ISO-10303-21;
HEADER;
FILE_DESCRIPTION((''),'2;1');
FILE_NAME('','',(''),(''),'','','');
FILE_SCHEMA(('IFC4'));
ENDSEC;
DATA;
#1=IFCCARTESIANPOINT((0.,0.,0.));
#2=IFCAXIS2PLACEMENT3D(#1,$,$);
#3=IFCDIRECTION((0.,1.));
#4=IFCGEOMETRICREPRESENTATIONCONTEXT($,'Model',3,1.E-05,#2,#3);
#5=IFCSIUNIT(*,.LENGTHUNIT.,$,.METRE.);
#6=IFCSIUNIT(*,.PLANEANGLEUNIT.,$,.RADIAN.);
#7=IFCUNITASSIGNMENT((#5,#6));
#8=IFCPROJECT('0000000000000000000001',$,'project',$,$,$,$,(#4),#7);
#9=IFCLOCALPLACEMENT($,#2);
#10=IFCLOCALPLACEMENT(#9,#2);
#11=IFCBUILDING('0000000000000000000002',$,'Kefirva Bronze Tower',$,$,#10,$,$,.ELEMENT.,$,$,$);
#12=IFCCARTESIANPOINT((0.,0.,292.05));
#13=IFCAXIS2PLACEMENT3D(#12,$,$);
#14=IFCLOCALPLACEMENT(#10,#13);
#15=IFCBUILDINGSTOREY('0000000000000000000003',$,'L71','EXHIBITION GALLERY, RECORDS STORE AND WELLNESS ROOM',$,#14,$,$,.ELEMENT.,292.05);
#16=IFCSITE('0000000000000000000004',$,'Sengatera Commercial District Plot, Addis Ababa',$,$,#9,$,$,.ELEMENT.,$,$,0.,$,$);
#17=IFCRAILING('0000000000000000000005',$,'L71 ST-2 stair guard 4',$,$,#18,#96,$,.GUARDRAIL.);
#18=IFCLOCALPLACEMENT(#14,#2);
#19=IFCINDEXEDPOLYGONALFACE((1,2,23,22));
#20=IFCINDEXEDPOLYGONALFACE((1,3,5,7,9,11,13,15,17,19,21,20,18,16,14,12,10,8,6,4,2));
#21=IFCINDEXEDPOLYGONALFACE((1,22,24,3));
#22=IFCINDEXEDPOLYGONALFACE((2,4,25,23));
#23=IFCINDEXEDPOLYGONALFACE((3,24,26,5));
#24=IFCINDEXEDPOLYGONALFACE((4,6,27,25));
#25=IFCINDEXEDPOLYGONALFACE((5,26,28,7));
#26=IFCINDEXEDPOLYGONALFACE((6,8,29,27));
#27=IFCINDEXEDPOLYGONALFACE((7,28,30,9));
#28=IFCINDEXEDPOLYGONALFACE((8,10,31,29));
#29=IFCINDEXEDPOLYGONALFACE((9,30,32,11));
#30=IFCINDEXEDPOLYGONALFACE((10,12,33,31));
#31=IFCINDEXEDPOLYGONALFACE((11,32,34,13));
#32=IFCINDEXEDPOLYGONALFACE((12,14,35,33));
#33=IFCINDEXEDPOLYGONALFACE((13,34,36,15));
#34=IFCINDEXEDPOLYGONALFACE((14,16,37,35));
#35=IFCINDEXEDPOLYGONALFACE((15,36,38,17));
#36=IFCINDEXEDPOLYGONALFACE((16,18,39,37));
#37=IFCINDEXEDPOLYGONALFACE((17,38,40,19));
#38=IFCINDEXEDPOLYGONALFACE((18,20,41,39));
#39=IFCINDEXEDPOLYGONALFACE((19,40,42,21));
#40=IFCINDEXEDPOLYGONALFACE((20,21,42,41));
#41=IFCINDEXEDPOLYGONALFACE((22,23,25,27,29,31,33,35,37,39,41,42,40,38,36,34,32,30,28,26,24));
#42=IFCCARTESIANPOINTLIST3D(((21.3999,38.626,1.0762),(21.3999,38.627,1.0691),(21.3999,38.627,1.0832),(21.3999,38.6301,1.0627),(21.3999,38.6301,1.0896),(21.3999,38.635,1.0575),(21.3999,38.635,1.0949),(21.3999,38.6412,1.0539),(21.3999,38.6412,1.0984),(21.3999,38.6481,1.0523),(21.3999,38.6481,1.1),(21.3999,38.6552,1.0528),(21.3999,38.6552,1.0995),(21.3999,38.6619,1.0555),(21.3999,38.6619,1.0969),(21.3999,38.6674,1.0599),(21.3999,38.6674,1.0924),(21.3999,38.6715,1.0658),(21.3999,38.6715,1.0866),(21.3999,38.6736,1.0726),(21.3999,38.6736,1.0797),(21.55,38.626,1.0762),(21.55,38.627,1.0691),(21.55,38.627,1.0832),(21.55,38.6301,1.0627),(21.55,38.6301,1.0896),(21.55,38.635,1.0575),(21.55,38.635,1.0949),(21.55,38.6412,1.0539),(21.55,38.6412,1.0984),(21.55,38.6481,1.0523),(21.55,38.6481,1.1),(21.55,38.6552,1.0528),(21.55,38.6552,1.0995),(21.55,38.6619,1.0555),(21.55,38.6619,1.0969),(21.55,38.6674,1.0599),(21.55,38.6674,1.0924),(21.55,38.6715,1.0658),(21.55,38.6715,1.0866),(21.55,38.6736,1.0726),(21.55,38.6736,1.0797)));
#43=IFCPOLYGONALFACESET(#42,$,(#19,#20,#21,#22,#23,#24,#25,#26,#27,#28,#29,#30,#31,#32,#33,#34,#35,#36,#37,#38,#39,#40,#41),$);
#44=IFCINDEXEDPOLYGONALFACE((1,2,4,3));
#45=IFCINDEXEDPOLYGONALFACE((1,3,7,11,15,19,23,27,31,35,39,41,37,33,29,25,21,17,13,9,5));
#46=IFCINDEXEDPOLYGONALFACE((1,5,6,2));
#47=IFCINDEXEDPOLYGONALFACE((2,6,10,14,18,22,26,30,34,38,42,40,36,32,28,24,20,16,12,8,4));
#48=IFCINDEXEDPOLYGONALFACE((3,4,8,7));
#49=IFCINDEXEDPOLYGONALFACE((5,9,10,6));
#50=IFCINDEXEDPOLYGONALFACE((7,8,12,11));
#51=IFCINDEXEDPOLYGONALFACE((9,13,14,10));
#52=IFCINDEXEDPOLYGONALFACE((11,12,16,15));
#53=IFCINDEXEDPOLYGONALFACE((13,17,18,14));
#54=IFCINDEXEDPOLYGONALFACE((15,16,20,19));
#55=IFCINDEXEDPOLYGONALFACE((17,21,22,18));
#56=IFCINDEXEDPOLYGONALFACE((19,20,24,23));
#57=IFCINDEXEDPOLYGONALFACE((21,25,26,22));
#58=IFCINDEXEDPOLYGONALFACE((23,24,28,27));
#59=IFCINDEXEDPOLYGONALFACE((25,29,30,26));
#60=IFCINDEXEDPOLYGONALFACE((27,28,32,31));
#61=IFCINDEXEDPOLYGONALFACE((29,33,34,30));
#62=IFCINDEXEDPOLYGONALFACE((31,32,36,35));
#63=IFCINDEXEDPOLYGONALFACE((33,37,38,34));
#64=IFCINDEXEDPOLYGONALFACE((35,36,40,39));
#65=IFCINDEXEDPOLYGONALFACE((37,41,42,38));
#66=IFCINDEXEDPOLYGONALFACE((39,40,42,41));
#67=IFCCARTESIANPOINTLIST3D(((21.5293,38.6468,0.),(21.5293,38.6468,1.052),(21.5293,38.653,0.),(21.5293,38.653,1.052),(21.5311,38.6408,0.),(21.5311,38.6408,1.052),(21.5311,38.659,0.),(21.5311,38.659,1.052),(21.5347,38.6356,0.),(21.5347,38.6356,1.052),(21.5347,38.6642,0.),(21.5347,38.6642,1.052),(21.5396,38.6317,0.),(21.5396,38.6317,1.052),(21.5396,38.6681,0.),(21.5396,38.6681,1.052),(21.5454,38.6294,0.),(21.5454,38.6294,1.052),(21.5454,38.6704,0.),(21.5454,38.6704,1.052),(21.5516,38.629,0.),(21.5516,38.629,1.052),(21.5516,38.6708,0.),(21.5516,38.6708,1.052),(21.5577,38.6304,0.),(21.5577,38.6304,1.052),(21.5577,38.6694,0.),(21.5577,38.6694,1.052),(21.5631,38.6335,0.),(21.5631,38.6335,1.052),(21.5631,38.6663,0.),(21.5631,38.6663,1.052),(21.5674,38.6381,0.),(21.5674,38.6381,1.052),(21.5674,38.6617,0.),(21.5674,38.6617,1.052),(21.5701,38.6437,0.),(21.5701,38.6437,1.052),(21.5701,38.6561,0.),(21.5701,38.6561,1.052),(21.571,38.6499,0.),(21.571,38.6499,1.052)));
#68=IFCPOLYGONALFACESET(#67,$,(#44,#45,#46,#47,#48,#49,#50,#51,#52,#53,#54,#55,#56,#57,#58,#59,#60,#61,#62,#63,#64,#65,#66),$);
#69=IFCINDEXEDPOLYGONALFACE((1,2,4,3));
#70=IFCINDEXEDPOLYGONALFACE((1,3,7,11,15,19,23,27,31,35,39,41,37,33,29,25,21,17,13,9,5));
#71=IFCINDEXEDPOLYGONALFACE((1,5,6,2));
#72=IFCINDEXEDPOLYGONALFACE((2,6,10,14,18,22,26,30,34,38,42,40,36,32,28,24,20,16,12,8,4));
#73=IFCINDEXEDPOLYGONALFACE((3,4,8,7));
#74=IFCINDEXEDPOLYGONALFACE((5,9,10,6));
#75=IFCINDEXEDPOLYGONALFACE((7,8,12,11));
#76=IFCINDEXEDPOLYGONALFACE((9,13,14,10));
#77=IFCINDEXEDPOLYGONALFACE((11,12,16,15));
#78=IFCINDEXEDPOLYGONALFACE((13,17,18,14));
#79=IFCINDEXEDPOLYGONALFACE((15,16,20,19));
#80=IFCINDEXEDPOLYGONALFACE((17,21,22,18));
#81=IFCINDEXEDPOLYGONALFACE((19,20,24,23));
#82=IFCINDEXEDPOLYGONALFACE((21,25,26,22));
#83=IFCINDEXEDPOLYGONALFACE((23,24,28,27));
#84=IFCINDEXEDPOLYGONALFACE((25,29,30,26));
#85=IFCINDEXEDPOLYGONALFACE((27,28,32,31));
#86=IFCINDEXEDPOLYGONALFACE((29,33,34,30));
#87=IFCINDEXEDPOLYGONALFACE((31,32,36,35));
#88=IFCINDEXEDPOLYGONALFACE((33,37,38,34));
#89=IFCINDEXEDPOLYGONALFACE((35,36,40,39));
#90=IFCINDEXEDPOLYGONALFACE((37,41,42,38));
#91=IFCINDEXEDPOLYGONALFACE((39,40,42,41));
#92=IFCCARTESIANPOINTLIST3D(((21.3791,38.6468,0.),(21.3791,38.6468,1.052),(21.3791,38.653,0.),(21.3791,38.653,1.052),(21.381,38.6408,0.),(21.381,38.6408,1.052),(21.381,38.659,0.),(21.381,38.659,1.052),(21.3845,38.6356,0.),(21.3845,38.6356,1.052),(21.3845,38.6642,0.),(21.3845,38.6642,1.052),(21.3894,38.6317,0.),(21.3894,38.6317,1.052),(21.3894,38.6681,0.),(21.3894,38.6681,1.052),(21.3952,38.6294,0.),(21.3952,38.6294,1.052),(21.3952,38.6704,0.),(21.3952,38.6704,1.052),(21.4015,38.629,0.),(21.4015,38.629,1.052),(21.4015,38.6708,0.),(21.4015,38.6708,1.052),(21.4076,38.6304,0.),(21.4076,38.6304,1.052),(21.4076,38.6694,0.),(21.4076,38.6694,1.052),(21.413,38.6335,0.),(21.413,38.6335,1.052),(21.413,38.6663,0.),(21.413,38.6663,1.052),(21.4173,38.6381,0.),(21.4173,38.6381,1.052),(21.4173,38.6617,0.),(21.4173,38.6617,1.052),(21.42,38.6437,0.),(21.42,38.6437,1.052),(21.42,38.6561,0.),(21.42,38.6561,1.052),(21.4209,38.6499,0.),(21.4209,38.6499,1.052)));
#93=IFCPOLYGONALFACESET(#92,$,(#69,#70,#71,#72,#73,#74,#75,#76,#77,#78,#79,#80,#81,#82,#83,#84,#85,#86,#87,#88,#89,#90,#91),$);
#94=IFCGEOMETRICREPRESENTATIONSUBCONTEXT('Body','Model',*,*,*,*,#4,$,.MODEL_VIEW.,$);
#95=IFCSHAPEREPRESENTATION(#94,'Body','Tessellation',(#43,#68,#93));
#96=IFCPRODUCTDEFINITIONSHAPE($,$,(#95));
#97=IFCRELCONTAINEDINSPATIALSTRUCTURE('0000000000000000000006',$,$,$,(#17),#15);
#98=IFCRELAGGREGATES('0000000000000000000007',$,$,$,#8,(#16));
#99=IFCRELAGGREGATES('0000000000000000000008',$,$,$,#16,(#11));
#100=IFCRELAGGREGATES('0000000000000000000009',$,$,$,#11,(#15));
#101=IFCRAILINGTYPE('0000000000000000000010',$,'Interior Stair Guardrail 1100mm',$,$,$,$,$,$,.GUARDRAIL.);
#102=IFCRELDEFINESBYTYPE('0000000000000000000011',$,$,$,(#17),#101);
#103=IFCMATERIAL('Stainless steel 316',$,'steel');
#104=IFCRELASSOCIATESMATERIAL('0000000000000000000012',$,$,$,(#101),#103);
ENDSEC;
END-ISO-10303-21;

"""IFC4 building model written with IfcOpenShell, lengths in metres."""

from ifc_helpers import new_model, si_unit, direction, frame, origin, origin_2d, place, context, subcontext, project, spatial, circle, extrude, material, type_object, element, save


model = new_model("IFC4")

# Units and contexts
model_context = context("Model", 3, precision=1e-05, world=origin(), true_north=direction((0.0, 1.0)))
body_context = subcontext(model_context, "Body", "Model", "MODEL_VIEW")
ifc_project = project(units=[si_unit("LENGTHUNIT", "METRE"), si_unit("PLANEANGLEUNIT", "RADIAN")], contexts=[model_context])

# Site, building, storey
site_placement = place(None, origin())
site = spatial("IfcSite", under=ifc_project, at=site_placement, Name="Sengatera Commercial District Plot, Addis Ababa", CompositionType="ELEMENT", RefElevation=0.0)
building_placement = place(site_placement, origin())
building = spatial("IfcBuilding", under=site, at=building_placement, Name="Kefirva Bronze Tower", CompositionType="ELEMENT")
storey_placement = place(building_placement, frame((0.0, 0.0, 292.05)))
storey = spatial("IfcBuildingStorey", under=building, at=storey_placement, Name="L71", Description="EXHIBITION GALLERY, RECORDS STORE AND WELLNESS ROOM", CompositionType="ELEMENT", Elevation=292.05)

# Shared definitions
ifc_material_1 = material(Name="Stainless steel 316", Category="steel")

# Railing
railing_type_1 = type_object("IfcRailingType", Name="Interior Stair Guardrail 1100mm", PredefinedType="GUARDRAIL", material=ifc_material_1)
railing_1_placement = place(storey_placement, frame((21.55, 38.6499, 0.0)))
element("IfcRailing", 1, at=railing_1_placement, inside=storey, type_object=railing_type_1, Name="L71 ST-2 stair guard 4", PredefinedType="GUARDRAIL", context=body_context, shape_type="SweptSolid", body=[
    extrude(circle(Radius=0.0239, at=origin_2d()), frame((0.0, 0.0, 1.0762), z_axis=(-1.0, 0.0, 0.0), x_axis=(0.0, -1.0, 0.0)), (0.0, 0.0, 1.0), 0.1501),
    extrude(circle(Radius=0.021, at=origin_2d()), origin(), (0.0, 0.0, 1.0), 1.052),
    extrude(circle(Radius=0.021, at=origin_2d()), frame((-0.1501, 0.0, 0.0)), (0.0, 0.0, 1.0), 1.052),
])

save(model, "model.ifc")
